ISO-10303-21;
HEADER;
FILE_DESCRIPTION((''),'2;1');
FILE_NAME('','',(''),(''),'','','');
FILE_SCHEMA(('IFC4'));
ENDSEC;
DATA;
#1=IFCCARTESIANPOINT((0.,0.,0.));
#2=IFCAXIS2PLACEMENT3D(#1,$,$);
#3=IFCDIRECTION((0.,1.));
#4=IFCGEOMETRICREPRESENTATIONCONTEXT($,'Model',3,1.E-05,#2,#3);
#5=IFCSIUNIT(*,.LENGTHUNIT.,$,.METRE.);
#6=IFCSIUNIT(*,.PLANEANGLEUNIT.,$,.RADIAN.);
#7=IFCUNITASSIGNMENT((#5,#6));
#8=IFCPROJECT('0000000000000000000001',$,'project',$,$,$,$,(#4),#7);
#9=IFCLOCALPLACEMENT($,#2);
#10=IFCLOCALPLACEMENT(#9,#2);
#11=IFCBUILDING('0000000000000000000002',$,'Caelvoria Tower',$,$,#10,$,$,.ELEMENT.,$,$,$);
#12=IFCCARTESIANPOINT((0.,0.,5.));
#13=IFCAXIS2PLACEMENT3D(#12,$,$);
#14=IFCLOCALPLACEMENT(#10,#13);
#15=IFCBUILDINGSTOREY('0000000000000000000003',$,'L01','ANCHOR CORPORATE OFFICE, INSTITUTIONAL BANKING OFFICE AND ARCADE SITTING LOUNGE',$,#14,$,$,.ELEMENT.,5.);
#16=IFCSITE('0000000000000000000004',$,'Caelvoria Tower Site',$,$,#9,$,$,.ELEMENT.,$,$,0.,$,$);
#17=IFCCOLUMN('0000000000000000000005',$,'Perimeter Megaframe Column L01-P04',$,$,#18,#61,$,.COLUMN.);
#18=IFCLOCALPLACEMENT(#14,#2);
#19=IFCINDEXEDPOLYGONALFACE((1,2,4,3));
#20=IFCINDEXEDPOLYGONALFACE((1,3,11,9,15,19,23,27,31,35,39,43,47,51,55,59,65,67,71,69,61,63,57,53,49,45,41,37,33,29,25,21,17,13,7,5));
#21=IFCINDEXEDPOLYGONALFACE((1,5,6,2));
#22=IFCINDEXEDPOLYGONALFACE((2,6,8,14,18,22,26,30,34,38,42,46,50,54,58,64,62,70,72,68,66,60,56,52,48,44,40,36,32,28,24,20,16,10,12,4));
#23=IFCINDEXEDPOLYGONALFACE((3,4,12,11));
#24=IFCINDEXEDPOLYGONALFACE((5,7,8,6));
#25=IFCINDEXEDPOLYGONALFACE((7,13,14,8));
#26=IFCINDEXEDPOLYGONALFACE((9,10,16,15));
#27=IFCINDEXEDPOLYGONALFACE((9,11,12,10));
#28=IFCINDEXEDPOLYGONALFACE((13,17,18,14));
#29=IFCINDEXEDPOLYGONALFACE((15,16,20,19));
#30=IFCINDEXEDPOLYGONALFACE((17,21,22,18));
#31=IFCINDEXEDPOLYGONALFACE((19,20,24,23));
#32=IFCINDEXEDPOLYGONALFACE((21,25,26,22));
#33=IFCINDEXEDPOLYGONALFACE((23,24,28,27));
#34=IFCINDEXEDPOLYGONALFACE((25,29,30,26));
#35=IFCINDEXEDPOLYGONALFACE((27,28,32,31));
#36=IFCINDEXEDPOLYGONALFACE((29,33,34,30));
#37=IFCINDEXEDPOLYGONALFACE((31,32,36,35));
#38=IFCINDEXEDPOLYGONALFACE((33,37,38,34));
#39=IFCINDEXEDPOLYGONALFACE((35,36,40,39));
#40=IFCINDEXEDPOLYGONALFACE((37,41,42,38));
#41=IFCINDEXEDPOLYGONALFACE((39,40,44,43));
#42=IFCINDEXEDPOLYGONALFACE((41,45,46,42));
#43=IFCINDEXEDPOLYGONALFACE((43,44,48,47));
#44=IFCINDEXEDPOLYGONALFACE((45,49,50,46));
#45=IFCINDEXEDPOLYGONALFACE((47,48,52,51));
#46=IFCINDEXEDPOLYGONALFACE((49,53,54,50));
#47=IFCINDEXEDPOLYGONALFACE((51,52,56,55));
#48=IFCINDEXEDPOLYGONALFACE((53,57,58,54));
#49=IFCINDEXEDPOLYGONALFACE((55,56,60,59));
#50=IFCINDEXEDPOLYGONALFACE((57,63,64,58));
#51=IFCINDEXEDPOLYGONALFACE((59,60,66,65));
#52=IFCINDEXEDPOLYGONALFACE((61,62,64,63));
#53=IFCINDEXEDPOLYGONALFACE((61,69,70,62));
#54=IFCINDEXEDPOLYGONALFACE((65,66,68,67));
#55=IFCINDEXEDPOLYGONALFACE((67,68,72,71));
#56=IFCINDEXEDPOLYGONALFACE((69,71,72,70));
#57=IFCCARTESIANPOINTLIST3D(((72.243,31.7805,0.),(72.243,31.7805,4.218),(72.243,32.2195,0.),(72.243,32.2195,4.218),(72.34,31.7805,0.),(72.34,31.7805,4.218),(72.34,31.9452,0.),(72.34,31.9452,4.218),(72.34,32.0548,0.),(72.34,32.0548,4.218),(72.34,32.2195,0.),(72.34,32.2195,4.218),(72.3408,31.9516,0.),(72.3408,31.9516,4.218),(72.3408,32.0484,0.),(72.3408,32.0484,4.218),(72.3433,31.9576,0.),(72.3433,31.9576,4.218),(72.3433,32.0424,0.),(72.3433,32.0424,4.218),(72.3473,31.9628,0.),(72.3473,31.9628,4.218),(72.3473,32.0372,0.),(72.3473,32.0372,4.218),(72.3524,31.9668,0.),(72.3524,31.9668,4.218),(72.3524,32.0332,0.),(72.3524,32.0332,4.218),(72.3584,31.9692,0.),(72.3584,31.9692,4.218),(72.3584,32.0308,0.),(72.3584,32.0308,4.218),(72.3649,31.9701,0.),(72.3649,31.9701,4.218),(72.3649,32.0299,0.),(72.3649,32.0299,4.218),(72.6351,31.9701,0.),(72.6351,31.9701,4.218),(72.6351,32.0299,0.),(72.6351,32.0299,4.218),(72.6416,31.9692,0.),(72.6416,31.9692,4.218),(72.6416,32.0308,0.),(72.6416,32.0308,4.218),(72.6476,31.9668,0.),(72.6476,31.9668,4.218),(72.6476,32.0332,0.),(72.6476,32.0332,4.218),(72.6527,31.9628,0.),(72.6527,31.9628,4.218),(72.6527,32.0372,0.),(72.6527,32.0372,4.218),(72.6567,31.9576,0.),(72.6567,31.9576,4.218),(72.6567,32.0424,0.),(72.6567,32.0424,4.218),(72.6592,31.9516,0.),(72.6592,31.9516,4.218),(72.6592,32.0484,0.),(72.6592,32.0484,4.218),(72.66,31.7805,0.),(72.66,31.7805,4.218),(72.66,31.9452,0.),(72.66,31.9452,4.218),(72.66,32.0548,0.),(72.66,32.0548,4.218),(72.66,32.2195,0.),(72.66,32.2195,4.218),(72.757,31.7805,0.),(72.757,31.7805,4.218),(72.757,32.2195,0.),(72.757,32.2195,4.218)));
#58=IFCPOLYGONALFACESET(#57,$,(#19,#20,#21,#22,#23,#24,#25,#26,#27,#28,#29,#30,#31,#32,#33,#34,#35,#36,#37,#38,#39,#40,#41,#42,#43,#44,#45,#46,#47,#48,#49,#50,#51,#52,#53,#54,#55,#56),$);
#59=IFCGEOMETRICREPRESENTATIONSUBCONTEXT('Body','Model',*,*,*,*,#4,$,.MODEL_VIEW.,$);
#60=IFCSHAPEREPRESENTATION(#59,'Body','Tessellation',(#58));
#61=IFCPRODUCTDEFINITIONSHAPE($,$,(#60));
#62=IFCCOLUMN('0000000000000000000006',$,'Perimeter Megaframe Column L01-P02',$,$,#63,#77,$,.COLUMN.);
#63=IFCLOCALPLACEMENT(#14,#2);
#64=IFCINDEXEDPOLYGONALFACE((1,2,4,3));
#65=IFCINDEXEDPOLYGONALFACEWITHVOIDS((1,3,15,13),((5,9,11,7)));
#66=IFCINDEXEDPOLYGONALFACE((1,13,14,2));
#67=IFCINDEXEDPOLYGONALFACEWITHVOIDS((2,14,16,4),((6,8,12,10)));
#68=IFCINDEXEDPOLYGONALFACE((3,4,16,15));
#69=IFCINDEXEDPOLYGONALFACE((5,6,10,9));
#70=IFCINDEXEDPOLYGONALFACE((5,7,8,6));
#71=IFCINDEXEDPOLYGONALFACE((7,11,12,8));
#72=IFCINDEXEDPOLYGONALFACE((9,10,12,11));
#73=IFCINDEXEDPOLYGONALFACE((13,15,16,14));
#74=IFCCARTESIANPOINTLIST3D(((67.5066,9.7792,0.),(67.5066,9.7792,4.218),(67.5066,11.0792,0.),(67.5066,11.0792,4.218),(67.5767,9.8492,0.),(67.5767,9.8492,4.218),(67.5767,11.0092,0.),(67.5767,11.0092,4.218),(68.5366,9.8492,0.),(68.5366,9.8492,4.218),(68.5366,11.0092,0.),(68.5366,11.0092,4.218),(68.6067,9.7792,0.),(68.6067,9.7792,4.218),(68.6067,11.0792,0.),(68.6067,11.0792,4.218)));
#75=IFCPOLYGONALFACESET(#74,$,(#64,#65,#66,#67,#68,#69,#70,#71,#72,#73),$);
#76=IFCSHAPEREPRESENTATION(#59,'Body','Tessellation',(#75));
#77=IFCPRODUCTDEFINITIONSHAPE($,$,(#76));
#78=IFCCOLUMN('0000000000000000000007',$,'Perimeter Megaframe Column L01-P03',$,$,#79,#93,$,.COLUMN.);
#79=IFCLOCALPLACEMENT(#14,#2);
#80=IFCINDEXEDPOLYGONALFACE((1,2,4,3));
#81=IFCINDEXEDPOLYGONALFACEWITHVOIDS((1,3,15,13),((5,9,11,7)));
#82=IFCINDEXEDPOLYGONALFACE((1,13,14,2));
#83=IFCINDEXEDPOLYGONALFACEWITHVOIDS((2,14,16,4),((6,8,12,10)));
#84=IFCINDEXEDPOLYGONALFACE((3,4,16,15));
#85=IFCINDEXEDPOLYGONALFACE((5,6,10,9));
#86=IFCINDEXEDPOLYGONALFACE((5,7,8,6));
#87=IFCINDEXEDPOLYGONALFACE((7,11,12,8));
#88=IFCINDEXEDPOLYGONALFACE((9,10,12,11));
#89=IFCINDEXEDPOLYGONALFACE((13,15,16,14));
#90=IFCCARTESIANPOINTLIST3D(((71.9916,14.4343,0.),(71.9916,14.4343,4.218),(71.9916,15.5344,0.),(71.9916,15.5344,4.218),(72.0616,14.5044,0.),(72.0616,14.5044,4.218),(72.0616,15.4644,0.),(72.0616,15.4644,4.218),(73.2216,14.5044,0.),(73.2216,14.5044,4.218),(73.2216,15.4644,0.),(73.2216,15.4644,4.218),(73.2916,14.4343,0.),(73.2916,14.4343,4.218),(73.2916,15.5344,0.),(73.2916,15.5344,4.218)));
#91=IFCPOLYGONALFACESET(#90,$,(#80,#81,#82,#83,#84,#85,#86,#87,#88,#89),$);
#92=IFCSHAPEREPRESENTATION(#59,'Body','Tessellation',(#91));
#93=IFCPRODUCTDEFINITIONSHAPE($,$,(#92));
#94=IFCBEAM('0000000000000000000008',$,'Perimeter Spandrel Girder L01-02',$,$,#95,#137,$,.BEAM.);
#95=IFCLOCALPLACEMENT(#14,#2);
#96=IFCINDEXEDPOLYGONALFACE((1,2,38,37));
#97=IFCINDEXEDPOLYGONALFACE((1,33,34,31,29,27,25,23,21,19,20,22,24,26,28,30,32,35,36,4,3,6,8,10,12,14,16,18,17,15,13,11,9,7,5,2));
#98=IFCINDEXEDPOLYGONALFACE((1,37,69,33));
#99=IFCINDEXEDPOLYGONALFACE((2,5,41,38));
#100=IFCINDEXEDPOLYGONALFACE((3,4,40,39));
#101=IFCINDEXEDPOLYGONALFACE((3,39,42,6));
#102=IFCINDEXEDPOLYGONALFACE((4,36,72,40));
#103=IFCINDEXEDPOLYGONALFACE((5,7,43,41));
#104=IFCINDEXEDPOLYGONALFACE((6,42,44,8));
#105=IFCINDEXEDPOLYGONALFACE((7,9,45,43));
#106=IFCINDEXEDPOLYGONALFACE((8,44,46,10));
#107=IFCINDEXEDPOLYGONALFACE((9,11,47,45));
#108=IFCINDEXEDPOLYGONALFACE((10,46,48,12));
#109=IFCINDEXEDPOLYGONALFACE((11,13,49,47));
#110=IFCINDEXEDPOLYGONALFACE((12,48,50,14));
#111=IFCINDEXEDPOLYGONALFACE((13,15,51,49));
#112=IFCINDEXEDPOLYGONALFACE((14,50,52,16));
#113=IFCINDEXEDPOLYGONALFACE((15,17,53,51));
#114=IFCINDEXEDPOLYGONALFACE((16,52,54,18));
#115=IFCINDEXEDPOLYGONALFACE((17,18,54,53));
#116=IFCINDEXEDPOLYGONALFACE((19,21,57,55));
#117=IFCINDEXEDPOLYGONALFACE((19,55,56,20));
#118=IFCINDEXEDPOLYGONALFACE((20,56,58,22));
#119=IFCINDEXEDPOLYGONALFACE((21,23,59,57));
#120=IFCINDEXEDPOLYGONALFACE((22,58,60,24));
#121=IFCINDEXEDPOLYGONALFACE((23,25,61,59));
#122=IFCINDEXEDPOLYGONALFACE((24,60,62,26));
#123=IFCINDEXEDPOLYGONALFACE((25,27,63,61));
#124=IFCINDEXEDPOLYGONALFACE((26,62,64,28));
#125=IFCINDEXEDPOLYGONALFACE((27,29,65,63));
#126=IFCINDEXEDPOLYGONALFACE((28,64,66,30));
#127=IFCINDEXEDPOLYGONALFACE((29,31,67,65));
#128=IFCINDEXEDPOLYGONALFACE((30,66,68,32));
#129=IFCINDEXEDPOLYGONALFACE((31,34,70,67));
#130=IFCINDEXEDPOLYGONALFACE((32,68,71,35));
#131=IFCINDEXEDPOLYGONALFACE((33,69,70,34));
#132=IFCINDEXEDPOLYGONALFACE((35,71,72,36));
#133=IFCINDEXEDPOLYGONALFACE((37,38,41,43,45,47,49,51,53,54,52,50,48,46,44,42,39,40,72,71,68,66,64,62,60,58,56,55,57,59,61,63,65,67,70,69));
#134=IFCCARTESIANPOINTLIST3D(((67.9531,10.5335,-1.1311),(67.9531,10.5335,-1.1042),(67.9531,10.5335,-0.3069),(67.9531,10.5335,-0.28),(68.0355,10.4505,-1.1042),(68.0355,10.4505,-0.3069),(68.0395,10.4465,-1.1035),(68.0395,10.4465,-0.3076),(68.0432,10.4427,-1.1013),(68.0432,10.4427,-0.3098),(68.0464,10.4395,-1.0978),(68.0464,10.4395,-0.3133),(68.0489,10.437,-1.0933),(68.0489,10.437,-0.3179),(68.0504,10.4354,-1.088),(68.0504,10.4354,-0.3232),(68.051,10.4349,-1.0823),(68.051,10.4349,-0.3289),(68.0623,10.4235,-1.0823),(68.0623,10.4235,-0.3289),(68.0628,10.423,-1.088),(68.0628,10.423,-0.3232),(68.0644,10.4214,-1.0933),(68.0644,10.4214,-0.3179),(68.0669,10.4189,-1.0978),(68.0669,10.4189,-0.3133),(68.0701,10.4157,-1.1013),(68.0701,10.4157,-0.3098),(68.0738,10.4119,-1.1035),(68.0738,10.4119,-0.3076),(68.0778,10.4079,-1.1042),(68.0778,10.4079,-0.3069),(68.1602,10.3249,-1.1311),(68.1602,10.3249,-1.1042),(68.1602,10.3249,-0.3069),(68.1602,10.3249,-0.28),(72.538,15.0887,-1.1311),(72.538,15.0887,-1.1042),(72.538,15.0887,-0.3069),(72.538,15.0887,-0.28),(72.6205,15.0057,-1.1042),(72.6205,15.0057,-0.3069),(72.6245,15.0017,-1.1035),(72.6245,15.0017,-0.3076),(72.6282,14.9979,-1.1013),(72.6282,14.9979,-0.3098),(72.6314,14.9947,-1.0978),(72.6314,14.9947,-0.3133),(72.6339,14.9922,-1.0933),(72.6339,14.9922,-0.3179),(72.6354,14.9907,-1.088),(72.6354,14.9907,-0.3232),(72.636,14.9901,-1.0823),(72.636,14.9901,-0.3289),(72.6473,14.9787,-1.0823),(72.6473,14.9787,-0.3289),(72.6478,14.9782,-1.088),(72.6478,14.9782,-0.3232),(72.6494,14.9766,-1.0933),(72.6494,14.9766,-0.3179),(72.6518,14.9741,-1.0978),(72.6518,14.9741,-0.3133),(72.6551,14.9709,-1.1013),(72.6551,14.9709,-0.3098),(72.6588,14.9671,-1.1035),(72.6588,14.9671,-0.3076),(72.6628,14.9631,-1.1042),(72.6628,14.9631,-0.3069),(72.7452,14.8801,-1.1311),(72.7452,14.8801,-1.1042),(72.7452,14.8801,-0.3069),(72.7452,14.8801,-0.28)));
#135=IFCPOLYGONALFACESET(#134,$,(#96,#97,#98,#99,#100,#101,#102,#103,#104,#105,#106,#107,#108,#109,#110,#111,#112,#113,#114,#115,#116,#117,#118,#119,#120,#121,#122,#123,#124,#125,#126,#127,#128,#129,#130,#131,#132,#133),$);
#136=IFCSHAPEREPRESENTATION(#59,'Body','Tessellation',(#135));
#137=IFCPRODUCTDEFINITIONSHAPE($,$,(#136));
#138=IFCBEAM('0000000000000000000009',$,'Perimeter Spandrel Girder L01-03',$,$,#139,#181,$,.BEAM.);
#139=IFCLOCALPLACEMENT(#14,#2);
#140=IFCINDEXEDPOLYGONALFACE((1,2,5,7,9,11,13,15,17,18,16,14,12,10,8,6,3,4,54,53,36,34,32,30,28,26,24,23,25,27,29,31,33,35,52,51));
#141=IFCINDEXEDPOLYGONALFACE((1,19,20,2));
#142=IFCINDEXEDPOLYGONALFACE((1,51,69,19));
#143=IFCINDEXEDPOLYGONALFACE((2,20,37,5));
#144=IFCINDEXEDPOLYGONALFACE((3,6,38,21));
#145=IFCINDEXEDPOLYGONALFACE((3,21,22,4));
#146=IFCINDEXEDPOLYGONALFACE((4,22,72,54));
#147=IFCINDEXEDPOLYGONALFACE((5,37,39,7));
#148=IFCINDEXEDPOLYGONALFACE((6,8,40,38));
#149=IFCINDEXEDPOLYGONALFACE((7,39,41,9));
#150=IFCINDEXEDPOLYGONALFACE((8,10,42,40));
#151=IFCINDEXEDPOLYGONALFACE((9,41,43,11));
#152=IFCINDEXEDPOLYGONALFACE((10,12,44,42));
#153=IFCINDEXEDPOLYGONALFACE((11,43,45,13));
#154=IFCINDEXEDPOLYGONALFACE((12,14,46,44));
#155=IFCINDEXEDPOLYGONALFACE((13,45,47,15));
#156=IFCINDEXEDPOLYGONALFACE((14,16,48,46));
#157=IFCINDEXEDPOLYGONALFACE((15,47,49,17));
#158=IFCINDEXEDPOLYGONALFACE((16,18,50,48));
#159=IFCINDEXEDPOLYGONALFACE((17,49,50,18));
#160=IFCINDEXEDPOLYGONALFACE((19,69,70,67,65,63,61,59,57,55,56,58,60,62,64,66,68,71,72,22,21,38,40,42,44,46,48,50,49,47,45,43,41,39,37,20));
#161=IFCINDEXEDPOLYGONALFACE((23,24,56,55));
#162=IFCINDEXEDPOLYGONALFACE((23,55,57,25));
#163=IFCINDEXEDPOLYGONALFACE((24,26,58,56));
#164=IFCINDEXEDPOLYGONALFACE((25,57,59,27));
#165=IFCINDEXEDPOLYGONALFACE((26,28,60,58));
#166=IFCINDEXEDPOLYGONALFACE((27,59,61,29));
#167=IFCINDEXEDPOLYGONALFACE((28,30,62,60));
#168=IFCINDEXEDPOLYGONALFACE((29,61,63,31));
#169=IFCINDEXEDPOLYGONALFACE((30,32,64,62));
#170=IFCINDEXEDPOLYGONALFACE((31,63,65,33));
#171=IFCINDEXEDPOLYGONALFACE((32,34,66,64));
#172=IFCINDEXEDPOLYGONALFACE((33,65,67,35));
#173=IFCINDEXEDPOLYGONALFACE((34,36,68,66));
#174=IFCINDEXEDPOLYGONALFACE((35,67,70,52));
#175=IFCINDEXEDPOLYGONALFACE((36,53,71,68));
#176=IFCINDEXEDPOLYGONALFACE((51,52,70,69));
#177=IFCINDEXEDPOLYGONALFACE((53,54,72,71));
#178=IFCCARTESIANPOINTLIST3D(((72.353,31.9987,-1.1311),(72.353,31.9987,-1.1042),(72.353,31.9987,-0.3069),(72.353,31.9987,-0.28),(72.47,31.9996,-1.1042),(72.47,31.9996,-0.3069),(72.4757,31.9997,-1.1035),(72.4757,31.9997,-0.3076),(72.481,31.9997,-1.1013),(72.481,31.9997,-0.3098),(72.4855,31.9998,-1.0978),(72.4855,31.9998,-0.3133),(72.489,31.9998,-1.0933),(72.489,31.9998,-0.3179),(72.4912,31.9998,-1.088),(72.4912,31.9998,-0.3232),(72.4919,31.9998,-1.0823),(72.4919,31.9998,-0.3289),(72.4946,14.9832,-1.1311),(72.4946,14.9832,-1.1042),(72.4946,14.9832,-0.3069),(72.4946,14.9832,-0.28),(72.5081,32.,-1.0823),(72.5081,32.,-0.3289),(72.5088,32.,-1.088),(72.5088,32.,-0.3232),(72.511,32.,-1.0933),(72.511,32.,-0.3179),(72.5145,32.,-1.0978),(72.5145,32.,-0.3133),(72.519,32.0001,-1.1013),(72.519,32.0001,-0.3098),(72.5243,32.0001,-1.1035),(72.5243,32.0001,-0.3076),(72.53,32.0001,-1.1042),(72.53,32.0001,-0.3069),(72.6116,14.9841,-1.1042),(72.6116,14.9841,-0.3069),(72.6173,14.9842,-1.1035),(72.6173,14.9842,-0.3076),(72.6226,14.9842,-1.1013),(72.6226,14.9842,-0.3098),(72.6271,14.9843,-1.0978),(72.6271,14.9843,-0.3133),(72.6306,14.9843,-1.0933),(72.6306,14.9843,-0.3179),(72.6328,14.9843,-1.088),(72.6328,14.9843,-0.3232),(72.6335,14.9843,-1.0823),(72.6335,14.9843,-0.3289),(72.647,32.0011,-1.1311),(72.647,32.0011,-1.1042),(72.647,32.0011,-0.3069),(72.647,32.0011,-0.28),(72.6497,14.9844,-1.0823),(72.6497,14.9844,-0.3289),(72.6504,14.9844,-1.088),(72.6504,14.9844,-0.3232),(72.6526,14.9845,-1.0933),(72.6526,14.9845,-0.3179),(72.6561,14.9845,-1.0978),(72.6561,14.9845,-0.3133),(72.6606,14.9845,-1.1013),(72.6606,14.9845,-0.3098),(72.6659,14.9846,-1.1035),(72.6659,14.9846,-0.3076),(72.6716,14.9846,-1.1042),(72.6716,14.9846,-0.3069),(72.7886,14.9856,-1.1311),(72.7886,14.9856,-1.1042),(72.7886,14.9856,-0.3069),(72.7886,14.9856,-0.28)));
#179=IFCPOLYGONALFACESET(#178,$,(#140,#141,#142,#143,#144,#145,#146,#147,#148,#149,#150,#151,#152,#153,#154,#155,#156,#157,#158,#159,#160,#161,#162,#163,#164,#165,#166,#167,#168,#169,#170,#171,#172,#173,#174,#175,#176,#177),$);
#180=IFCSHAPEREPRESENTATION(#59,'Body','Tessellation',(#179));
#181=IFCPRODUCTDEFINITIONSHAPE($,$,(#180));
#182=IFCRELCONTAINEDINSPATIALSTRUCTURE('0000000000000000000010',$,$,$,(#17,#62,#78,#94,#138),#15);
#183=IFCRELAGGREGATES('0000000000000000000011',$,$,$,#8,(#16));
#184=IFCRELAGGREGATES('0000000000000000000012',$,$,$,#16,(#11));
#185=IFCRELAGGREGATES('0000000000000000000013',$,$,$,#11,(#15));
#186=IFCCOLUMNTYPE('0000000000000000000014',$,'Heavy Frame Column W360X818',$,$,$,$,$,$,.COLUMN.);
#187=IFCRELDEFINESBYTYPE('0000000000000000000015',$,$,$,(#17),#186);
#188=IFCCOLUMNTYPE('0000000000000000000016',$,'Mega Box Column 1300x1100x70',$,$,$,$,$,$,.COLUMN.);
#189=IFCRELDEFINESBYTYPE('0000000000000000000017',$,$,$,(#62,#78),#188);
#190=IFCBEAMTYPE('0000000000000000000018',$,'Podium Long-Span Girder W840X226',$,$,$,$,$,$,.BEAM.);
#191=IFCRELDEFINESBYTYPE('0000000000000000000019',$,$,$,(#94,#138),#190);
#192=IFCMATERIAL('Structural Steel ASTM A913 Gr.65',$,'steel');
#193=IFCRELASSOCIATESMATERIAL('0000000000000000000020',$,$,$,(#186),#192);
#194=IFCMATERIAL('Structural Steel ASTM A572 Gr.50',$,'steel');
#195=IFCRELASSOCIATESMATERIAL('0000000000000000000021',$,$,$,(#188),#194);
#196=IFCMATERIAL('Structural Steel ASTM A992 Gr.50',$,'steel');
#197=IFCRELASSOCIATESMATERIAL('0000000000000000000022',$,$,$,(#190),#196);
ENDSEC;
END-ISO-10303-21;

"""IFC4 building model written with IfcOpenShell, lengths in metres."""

from ifc_helpers import new_model, si_unit, direction, frame, origin, origin_2d, place, context, subcontext, project, spatial, hollow_rectangle, i_section, extrude, material, material_profile, profile_set, type_object, element, save


model = new_model("IFC4")

# Units and contexts
model_context = context("Model", 3, precision=1e-05, world=origin(), true_north=direction((0.0, 1.0)))
body_context = subcontext(model_context, "Body", "Model", "MODEL_VIEW")
ifc_project = project(units=[si_unit("LENGTHUNIT", "METRE"), si_unit("PLANEANGLEUNIT", "RADIAN")], contexts=[model_context])

# Site, building, storey
site_placement = place(None, origin())
site = spatial("IfcSite", under=ifc_project, at=site_placement, Name="Caelvoria Tower Site", CompositionType="ELEMENT", RefElevation=0.0)
building_placement = place(site_placement, origin())
building = spatial("IfcBuilding", under=site, at=building_placement, Name="Caelvoria Tower", CompositionType="ELEMENT")
storey_placement = place(building_placement, frame((0.0, 0.0, 5.0)))
storey = spatial("IfcBuildingStorey", under=building, at=storey_placement, Name="L01", Description="ANCHOR CORPORATE OFFICE, INSTITUTIONAL BANKING OFFICE AND ARCADE SITTING LOUNGE", CompositionType="ELEMENT", Elevation=5.0)

# Columns
ifc_material_1 = material(Name="Structural Steel ASTM A913 Gr.65", Category="steel")
ifc_material_profile_1 = material_profile(ifc_material_1, i_section(OverallWidth=0.439, OverallDepth=0.5139, WebThickness=0.0598, FlangeThickness=0.0969, FilletRadius=0.0249, at=origin_2d()), Name="Structural Steel ASTM A913 Gr.65")
ifc_profile_set_1 = profile_set([ifc_material_profile_1], Name="W360X818 - Structural Steel ASTM A913 Gr.65")
column_type_1 = type_object("IfcColumnType", Name="Heavy Frame Column W360X818", PredefinedType="COLUMN", material=ifc_profile_set_1)
column_placement = place(storey_placement, frame((72.5, 32.0, 0.0), z_axis=(0.0, 0.0, 1.0), x_axis=(0.0, 1.0, 0.0)))
element("IfcColumn", 1, at=column_placement, inside=storey, type_object=column_type_1, Name="Perimeter Megaframe Column L01-P04", PredefinedType="COLUMN", context=body_context, shape_type="SweptSolid", body=[
    extrude(i_section(OverallWidth=0.439, OverallDepth=0.5139, WebThickness=0.0598, FlangeThickness=0.0969, FilletRadius=0.0249, at=origin_2d()), origin(), (0.0, 0.0, 1.0), 4.218),
])
ifc_material_2 = material(Name="Structural Steel ASTM A572 Gr.50", Category="steel")
ifc_material_profile_2 = material_profile(ifc_material_2, hollow_rectangle(XDim=1.1001, YDim=1.3, WallThickness=0.0701, at=origin_2d()), Name="Structural Steel ASTM A572 Gr.50")
ifc_profile_set_2 = profile_set([ifc_material_profile_2], Name="BOX1300X1100X70 - Structural Steel ASTM A572 Gr.50")
column_type_2 = type_object("IfcColumnType", Name="Mega Box Column 1300x1100x70", PredefinedType="COLUMN", material=ifc_profile_set_2)
for number, where, z_axis, x_axis, name in (
    (2, (68.0566, 10.4292, 0.0), (0.0, 0.0, 1.0), (1.0, 0.0, 0.0), "Perimeter Megaframe Column L01-P02"),
    (3, (72.6416, 14.9844, 0.0), (0.0, 0.0, 1.0), (0.0, 1.0, 0.0), "Perimeter Megaframe Column L01-P03"),
):
    element("IfcColumn", number, at=place(storey_placement, frame(where, z_axis=z_axis, x_axis=x_axis)), inside=storey, type_object=column_type_2, Name=name, PredefinedType="COLUMN", context=body_context, shape_type="SweptSolid", body=[
        extrude(hollow_rectangle(XDim=1.1001, YDim=1.3, WallThickness=0.0701, at=origin_2d()), origin(), (0.0, 0.0, 1.0), 4.218),
    ])

# Beams
ifc_material_3 = material(Name="Structural Steel ASTM A992 Gr.50", Category="steel")
ifc_material_profile_3 = material_profile(ifc_material_3, i_section(OverallWidth=0.2939, OverallDepth=0.8511, WebThickness=0.0161, FlangeThickness=0.0269, FilletRadius=0.022, at=origin_2d()), Name="Structural Steel ASTM A992 Gr.50")
ifc_profile_set_3 = profile_set([ifc_material_profile_3], Name="W840X226 - Structural Steel ASTM A992 Gr.50")
beam_type = type_object("IfcBeamType", Name="Podium Long-Span Girder W840X226", PredefinedType="BEAM", material=ifc_profile_set_3)
beam_placement = place(storey_placement, frame((68.0566, 10.4292, -0.7056), z_axis=(0.709407, 0.704799, 0.0), x_axis=(-0.704799, 0.709407, 0.0)))
element("IfcBeam", 4, at=beam_placement, inside=storey, type_object=beam_type, Name="Perimeter Spandrel Girder L01-02", PredefinedType="BEAM", context=body_context, shape_type="SweptSolid", body=[
    extrude(i_section(OverallWidth=0.2939, OverallDepth=0.8511, WebThickness=0.0161, FlangeThickness=0.0269, FilletRadius=0.022, at=origin_2d()), origin(), (0.0, 0.0, 1.0), 6.4631),
])
for number, where, z_axis, x_axis, name in (
    (5, (72.6416, 14.9844, -0.7056), (-0.008322, 0.999965, 0.0), (-0.999965, -0.008322, 0.0), "Perimeter Spandrel Girder L01-03"),
):
    element("IfcBeam", number, at=place(storey_placement, frame(where, z_axis=z_axis, x_axis=x_axis)), inside=storey, type_object=beam_type, Name=name, PredefinedType="BEAM", context=body_context, shape_type="SweptSolid", body=[
        extrude(i_section(OverallWidth=0.2939, OverallDepth=0.8511, WebThickness=0.0161, FlangeThickness=0.0269, FilletRadius=0.022, at=origin_2d()), origin(), (0.0, 0.0, 1.0), 17.0161),
    ])

save(model, "model.ifc")
